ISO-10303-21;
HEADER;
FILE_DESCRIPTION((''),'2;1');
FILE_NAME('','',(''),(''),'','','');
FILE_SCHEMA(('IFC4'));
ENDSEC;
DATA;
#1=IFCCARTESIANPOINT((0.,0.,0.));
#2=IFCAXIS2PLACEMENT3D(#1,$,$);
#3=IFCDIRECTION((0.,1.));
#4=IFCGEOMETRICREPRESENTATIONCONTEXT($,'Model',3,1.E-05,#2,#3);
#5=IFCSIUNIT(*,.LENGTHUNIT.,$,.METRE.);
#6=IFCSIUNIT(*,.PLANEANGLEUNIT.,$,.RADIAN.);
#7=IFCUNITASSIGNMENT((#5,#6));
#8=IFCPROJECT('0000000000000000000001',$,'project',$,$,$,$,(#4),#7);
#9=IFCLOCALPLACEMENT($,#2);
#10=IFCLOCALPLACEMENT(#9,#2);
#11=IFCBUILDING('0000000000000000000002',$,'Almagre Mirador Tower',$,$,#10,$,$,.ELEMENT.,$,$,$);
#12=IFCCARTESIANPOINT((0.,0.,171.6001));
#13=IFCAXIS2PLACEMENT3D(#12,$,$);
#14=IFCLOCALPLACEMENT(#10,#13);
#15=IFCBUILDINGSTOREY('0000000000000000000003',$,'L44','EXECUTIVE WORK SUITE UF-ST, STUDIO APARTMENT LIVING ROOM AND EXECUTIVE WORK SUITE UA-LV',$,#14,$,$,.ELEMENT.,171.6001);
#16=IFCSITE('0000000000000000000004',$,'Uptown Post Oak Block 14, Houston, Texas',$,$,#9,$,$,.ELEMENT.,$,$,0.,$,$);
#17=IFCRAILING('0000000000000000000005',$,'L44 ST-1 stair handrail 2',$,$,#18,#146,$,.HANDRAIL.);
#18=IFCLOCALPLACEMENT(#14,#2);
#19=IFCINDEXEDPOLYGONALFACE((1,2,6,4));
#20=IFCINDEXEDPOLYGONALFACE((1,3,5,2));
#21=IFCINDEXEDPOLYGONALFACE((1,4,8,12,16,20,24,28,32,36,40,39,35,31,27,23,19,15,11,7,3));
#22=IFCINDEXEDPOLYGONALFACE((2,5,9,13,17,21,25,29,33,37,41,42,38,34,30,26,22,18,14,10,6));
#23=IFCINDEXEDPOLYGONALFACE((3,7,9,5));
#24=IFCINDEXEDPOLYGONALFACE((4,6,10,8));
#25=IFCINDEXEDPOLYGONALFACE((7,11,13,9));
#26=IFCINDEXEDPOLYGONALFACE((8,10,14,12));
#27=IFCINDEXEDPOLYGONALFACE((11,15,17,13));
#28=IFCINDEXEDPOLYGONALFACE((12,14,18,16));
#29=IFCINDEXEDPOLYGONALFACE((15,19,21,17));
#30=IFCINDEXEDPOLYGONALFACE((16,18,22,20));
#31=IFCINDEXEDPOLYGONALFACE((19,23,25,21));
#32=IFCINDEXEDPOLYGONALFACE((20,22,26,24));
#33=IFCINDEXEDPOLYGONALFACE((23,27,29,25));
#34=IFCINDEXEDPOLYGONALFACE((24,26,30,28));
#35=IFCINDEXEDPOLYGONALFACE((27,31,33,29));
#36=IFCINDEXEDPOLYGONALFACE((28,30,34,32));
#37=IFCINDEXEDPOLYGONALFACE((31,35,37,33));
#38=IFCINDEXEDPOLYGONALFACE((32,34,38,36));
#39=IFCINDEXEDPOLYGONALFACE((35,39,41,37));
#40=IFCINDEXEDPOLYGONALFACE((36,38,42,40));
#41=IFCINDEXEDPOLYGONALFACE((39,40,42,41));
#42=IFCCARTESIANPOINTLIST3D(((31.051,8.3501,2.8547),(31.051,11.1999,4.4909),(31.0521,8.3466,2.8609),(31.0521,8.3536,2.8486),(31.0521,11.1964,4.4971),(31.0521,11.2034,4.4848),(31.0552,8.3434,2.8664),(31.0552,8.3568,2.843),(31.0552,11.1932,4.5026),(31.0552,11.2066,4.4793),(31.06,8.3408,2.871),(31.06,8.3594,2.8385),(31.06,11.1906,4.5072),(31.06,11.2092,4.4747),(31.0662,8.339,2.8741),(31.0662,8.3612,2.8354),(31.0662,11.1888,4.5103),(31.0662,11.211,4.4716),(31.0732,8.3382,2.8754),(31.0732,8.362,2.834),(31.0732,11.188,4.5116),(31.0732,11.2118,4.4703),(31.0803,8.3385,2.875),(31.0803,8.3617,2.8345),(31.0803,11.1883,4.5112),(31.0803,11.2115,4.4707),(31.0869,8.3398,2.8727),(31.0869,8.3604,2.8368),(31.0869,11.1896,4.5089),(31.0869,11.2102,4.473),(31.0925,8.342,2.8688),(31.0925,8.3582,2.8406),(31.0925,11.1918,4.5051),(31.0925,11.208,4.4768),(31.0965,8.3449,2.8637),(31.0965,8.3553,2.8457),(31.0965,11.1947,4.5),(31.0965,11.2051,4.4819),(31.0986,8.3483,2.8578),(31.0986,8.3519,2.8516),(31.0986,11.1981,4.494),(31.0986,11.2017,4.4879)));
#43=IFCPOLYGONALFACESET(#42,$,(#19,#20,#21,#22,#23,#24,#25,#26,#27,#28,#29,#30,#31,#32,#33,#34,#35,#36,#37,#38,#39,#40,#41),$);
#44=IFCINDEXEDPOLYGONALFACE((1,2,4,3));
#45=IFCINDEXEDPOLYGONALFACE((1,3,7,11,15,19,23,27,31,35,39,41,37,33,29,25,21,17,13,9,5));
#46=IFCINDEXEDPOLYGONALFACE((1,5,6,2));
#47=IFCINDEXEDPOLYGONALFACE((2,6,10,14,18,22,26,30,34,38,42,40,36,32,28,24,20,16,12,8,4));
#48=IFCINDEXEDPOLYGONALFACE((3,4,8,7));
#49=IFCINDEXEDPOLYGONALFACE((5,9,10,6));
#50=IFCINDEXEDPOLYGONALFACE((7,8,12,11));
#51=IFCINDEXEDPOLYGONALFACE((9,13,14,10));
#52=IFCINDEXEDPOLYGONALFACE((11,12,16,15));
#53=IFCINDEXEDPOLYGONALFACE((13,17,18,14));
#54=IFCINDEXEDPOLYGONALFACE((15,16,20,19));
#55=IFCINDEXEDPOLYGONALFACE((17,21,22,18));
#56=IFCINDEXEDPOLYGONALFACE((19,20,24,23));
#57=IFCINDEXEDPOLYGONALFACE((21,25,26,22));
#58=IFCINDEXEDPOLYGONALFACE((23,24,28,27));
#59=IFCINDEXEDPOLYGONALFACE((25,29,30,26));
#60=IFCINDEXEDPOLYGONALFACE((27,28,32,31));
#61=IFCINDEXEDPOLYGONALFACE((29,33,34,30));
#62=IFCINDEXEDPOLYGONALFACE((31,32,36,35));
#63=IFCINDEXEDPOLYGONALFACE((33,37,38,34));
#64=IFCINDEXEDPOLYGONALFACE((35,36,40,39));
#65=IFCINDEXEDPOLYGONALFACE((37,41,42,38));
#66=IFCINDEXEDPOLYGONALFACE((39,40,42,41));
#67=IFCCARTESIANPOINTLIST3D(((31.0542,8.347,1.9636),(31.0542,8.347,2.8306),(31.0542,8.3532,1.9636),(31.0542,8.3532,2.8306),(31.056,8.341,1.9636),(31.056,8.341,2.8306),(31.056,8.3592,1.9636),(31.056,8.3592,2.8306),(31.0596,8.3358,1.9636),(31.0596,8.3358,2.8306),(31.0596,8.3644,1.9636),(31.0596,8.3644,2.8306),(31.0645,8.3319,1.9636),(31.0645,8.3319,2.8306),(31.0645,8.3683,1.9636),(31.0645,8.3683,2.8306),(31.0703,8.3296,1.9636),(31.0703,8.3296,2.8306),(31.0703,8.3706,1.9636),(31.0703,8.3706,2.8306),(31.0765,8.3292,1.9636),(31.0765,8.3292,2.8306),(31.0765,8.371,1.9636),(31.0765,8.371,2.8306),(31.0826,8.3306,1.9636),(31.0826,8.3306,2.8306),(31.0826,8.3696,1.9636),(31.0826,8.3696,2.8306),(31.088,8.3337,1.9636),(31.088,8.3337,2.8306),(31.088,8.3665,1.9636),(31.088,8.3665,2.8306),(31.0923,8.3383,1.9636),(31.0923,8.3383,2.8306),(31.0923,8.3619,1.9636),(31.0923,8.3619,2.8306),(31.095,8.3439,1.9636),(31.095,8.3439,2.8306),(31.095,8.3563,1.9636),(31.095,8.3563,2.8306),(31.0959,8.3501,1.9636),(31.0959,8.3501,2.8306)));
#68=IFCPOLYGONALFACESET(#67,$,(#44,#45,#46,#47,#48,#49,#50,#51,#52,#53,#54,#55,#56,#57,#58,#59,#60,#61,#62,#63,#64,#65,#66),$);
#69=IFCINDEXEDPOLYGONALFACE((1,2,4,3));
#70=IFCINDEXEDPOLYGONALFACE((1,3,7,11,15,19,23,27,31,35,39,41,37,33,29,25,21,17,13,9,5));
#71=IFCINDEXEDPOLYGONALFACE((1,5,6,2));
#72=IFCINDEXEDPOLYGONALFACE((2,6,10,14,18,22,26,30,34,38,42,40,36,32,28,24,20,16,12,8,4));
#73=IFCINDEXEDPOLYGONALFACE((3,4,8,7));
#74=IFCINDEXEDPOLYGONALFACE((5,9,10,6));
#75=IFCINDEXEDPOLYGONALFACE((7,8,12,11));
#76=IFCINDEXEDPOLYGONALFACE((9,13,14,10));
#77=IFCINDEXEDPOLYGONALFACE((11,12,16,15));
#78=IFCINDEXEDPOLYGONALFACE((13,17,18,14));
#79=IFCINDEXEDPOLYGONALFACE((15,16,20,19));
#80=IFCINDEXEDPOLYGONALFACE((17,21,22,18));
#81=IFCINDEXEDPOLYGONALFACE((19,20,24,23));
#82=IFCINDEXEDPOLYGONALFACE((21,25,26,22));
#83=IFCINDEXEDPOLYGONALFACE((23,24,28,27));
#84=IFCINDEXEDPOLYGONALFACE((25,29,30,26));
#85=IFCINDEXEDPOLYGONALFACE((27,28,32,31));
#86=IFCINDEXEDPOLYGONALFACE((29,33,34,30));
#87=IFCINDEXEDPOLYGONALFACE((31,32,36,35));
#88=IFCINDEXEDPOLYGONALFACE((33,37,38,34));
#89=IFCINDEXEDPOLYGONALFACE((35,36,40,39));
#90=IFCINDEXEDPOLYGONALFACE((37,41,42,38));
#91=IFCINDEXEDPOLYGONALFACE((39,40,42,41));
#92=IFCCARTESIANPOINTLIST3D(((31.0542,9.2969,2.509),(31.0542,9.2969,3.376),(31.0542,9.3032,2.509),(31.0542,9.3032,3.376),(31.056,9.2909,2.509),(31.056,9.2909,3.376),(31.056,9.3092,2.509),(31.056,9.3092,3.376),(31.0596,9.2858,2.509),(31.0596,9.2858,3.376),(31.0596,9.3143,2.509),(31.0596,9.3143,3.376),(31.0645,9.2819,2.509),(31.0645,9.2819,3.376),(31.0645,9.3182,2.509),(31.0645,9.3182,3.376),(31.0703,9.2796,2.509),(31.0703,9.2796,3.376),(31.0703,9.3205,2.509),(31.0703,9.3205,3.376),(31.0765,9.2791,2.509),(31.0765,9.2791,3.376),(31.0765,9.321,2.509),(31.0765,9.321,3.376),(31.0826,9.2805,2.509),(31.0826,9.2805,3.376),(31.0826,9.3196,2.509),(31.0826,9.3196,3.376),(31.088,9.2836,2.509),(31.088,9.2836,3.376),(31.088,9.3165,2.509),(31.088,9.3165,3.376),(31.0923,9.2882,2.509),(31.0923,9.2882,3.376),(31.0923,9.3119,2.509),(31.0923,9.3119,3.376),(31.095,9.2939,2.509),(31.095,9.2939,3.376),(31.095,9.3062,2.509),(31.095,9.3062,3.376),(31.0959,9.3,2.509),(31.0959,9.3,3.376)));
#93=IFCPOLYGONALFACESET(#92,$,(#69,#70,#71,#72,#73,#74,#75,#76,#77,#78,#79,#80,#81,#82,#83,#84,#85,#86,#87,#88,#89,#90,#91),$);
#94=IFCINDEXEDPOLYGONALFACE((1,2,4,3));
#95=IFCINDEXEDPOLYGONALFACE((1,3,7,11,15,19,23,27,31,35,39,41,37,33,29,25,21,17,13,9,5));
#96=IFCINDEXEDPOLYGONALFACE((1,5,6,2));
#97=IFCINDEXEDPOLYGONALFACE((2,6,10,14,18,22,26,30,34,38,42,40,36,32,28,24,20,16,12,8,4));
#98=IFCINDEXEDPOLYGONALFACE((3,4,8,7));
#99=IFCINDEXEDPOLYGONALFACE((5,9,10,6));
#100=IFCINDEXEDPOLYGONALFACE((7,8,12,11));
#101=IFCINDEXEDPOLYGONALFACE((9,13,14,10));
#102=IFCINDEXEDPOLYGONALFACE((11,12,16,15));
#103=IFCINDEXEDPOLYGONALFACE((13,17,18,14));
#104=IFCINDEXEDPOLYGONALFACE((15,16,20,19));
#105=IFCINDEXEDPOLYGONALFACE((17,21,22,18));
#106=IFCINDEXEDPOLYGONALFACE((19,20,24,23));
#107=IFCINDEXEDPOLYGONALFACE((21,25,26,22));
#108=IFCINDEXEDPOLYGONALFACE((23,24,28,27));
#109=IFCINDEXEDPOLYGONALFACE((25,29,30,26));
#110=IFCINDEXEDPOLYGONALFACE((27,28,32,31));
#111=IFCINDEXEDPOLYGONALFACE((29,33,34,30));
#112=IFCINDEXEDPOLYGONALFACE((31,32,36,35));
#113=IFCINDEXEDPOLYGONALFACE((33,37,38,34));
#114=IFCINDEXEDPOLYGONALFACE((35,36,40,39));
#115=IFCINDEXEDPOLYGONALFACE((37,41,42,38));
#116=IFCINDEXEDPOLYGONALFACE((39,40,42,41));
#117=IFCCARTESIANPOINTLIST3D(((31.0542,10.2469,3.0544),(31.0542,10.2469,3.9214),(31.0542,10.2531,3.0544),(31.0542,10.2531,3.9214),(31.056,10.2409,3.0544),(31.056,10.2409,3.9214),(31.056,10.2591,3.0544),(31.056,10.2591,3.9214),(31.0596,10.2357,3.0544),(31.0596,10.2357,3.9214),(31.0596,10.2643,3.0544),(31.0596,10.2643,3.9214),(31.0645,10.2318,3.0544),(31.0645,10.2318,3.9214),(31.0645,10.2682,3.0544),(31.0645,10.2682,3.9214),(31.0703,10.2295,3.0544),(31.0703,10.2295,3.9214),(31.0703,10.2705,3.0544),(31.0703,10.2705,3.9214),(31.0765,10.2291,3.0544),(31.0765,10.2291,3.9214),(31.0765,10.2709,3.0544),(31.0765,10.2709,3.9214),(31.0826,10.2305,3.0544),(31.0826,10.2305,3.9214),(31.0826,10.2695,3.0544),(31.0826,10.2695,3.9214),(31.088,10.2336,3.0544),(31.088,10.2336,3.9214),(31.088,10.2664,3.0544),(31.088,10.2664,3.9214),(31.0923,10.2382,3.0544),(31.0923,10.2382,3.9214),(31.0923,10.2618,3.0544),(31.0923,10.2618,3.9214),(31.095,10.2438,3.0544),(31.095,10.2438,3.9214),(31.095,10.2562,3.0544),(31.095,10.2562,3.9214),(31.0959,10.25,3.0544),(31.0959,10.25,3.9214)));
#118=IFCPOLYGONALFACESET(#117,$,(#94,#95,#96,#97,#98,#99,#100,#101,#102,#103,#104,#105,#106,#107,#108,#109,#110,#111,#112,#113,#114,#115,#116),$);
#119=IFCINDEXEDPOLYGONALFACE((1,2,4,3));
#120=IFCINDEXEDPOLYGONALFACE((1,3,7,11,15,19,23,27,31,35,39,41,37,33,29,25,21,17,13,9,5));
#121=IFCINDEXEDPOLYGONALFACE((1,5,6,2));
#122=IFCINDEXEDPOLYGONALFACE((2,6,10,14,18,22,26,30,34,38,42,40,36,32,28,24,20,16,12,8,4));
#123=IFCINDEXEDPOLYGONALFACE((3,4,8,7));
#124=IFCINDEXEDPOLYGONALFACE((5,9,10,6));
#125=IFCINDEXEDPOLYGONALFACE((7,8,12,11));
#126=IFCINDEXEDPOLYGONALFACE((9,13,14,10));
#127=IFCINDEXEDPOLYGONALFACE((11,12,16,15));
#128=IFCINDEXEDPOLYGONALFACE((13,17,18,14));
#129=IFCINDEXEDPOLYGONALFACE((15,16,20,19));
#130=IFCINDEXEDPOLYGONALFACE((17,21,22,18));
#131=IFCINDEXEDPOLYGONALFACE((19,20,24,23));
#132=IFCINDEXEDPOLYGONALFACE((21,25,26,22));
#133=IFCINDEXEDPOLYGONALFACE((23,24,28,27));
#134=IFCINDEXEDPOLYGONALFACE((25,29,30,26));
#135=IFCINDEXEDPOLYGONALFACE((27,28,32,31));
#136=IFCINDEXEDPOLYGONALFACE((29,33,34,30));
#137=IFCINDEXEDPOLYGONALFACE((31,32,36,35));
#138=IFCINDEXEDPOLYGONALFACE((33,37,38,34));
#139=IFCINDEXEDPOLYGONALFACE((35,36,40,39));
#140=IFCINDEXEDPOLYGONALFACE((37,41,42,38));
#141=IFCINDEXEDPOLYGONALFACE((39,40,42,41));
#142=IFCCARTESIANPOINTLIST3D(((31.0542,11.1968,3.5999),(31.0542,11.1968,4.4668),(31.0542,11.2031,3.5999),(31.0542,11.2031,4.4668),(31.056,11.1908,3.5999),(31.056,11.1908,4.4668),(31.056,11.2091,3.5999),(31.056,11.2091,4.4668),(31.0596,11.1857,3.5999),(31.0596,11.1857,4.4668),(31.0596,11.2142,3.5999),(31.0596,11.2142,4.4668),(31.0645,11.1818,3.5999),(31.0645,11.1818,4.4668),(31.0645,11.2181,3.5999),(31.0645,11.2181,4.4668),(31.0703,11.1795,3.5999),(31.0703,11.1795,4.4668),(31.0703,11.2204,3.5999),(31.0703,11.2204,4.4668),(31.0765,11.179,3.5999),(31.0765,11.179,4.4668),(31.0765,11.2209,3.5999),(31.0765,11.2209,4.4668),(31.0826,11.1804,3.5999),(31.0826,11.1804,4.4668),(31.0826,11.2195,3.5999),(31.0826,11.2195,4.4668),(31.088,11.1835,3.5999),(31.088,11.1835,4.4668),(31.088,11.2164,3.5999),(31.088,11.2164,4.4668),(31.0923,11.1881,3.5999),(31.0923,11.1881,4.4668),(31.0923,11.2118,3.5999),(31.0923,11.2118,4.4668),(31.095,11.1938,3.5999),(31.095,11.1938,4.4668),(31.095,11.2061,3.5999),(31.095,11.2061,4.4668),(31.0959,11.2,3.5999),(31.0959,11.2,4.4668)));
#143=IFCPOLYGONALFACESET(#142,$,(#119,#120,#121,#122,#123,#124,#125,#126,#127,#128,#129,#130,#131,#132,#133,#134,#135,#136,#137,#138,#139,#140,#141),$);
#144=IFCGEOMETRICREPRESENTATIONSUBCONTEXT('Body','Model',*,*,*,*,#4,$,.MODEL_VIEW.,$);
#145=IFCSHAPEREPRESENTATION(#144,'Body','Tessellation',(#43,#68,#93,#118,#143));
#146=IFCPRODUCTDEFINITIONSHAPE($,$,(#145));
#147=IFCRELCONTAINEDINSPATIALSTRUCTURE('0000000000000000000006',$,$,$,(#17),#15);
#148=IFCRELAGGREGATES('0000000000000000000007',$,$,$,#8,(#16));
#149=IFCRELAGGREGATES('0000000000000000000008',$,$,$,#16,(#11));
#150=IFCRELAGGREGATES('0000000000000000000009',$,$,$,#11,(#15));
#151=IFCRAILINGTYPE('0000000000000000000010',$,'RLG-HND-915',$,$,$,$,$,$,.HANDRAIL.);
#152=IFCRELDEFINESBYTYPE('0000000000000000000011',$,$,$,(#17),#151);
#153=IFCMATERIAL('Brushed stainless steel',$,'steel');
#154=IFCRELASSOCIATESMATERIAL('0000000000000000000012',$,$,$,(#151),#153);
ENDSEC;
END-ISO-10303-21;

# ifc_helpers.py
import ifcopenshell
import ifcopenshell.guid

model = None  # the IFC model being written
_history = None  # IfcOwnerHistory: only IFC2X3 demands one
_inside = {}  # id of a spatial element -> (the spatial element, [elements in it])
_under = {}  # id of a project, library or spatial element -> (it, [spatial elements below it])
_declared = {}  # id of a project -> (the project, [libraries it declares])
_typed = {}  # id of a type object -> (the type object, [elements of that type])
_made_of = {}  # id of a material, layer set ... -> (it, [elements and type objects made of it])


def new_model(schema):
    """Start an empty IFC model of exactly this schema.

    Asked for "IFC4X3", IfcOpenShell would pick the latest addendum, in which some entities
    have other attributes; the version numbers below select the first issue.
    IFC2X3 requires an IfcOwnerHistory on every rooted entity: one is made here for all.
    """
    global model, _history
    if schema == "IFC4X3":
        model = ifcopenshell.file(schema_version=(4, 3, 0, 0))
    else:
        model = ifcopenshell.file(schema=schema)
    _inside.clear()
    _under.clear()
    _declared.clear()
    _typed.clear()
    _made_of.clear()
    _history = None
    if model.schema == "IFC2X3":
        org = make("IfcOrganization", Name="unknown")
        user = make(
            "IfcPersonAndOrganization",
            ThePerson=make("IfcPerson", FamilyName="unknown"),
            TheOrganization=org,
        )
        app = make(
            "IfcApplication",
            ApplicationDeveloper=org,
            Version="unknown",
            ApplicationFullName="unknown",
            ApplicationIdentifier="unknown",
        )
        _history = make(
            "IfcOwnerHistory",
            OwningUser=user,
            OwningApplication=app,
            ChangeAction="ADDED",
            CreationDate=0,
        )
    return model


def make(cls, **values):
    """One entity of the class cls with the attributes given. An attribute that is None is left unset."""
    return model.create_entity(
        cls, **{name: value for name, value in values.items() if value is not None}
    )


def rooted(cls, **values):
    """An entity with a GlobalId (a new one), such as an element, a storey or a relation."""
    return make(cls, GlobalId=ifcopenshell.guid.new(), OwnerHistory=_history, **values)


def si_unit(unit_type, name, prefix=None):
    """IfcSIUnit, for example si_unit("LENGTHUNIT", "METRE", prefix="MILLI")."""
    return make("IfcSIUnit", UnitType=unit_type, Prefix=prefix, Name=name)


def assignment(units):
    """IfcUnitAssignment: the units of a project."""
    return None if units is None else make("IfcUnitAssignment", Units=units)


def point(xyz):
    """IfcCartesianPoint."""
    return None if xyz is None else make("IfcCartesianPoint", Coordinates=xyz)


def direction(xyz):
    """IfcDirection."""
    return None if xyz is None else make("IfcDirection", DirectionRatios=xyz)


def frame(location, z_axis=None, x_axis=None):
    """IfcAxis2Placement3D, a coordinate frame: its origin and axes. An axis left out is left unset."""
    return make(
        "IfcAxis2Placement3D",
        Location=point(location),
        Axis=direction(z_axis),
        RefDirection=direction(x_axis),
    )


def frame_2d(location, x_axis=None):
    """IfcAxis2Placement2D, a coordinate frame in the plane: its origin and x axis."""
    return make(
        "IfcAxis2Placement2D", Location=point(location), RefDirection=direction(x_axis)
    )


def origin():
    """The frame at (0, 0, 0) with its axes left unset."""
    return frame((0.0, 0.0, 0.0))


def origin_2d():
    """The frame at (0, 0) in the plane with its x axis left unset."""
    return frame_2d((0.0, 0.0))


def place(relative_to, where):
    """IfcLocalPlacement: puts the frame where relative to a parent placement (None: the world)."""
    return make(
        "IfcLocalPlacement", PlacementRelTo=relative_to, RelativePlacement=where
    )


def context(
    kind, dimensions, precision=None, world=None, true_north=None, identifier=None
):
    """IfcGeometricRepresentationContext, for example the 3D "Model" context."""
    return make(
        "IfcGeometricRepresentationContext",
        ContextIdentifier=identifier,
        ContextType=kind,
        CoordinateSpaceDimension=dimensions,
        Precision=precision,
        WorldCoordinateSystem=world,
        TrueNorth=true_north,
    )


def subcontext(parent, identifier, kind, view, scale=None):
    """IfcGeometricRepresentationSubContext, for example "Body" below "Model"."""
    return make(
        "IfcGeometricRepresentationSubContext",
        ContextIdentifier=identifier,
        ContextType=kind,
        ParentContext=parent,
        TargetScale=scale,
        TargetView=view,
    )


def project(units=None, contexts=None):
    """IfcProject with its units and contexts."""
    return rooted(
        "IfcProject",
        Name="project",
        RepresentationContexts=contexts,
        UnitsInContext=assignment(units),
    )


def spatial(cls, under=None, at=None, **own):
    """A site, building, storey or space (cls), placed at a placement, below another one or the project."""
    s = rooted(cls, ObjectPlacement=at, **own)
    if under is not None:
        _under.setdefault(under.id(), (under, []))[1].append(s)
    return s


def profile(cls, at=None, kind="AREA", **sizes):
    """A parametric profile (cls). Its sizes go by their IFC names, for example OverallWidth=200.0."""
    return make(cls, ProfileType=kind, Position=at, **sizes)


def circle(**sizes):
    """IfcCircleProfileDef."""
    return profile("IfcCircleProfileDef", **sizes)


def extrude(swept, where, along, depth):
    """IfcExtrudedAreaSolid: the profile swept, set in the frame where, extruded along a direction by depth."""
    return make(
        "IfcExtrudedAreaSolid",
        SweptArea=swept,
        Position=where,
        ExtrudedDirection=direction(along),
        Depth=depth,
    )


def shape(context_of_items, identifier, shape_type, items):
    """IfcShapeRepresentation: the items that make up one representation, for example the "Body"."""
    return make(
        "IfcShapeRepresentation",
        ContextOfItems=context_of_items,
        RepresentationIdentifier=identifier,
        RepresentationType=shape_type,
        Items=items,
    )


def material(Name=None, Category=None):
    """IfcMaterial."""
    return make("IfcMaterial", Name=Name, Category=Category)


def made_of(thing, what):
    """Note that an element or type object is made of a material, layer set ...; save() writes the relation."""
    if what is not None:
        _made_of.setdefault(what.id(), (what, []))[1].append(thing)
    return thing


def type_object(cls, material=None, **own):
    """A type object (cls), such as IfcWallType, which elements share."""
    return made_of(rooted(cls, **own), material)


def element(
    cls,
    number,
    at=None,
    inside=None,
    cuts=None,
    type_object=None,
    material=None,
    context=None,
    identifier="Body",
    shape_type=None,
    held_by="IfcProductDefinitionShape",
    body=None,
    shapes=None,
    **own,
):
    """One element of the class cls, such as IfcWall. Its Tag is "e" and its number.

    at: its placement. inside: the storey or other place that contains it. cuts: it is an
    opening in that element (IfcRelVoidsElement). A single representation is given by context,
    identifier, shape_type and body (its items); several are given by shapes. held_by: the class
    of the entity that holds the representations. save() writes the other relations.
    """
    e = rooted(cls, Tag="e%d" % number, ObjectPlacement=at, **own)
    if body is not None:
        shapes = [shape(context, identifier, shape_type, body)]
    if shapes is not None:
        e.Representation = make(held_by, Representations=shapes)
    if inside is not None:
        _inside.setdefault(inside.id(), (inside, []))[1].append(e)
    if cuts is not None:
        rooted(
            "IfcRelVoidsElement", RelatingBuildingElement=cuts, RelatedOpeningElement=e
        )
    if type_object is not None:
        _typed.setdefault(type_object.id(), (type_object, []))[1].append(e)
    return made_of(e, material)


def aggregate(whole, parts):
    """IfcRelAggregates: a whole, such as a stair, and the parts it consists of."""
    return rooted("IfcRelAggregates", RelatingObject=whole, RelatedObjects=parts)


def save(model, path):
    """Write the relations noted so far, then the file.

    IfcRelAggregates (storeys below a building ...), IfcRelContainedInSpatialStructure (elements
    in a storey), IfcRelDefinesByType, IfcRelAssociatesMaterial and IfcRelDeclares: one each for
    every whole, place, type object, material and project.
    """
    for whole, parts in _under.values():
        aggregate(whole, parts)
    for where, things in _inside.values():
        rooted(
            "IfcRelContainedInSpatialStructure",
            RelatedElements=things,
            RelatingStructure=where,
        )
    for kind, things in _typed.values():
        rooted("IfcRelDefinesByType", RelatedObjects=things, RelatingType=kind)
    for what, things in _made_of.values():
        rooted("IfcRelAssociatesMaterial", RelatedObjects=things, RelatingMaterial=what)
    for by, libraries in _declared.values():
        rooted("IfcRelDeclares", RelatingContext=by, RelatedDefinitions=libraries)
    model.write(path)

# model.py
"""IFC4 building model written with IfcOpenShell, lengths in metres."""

from ifc_helpers import new_model, si_unit, direction, frame, origin, origin_2d, place, context, subcontext, project, spatial, circle, extrude, material, type_object, element, save


model = new_model("IFC4")

# Units and contexts
model_context = context("Model", 3, precision=1e-05, world=origin(), true_north=direction((0.0, 1.0)))
body_context = subcontext(model_context, "Body", "Model", "MODEL_VIEW")
ifc_project = project(units=[si_unit("LENGTHUNIT", "METRE"), si_unit("PLANEANGLEUNIT", "RADIAN")], contexts=[model_context])

# Site, building, storey
site_placement = place(None, origin())
site = spatial("IfcSite", under=ifc_project, at=site_placement, Name="Uptown Post Oak Block 14, Houston, Texas", CompositionType="ELEMENT", RefElevation=0.0)
building_placement = place(site_placement, origin())
building = spatial("IfcBuilding", under=site, at=building_placement, Name="Almagre Mirador Tower", CompositionType="ELEMENT")
storey_placement = place(building_placement, frame((0.0, 0.0, 171.6001)))
storey = spatial("IfcBuildingStorey", under=building, at=storey_placement, Name="L44", Description="EXECUTIVE WORK SUITE UF-ST, STUDIO APARTMENT LIVING ROOM AND EXECUTIVE WORK SUITE UA-LV", CompositionType="ELEMENT", Elevation=171.6001)

# Railing
ifc_material_1 = material(Name="Brushed stainless steel", Category="steel")
railing_type_1 = type_object("IfcRailingType", Name="RLG-HND-915", PredefinedType="HANDRAIL", material=ifc_material_1)
railing_1_placement = place(storey_placement, frame((31.075, 8.3501, 1.9636)))
element("IfcRailing", 1, at=railing_1_placement, inside=storey, type_object=railing_type_1, Name="L44 ST-1 stair handrail 2", PredefinedType="HANDRAIL", context=body_context, shape_type="SweptSolid", body=[
    extrude(circle(Radius=0.0239, at=origin_2d()), frame((0.0, 0.0, 0.8911), z_axis=(0.0, 0.867226, 0.497914), x_axis=(-1.0, 0.0, 0.0)), (0.0, 0.0, 1.0), 3.2861),
    extrude(circle(Radius=0.021, at=origin_2d()), origin(), (0.0, 0.0, 1.0), 0.8669),
    extrude(circle(Radius=0.021, at=origin_2d()), frame((0.0, 0.95, 0.5454)), (0.0, 0.0, 1.0), 0.8669),
    extrude(circle(Radius=0.021, at=origin_2d()), frame((0.0, 1.8999, 1.0908)), (0.0, 0.0, 1.0), 0.8669),
    extrude(circle(Radius=0.021, at=origin_2d()), frame((0.0, 2.8499, 1.6362)), (0.0, 0.0, 1.0), 0.8669),
])

save(model, "model.ifc")
